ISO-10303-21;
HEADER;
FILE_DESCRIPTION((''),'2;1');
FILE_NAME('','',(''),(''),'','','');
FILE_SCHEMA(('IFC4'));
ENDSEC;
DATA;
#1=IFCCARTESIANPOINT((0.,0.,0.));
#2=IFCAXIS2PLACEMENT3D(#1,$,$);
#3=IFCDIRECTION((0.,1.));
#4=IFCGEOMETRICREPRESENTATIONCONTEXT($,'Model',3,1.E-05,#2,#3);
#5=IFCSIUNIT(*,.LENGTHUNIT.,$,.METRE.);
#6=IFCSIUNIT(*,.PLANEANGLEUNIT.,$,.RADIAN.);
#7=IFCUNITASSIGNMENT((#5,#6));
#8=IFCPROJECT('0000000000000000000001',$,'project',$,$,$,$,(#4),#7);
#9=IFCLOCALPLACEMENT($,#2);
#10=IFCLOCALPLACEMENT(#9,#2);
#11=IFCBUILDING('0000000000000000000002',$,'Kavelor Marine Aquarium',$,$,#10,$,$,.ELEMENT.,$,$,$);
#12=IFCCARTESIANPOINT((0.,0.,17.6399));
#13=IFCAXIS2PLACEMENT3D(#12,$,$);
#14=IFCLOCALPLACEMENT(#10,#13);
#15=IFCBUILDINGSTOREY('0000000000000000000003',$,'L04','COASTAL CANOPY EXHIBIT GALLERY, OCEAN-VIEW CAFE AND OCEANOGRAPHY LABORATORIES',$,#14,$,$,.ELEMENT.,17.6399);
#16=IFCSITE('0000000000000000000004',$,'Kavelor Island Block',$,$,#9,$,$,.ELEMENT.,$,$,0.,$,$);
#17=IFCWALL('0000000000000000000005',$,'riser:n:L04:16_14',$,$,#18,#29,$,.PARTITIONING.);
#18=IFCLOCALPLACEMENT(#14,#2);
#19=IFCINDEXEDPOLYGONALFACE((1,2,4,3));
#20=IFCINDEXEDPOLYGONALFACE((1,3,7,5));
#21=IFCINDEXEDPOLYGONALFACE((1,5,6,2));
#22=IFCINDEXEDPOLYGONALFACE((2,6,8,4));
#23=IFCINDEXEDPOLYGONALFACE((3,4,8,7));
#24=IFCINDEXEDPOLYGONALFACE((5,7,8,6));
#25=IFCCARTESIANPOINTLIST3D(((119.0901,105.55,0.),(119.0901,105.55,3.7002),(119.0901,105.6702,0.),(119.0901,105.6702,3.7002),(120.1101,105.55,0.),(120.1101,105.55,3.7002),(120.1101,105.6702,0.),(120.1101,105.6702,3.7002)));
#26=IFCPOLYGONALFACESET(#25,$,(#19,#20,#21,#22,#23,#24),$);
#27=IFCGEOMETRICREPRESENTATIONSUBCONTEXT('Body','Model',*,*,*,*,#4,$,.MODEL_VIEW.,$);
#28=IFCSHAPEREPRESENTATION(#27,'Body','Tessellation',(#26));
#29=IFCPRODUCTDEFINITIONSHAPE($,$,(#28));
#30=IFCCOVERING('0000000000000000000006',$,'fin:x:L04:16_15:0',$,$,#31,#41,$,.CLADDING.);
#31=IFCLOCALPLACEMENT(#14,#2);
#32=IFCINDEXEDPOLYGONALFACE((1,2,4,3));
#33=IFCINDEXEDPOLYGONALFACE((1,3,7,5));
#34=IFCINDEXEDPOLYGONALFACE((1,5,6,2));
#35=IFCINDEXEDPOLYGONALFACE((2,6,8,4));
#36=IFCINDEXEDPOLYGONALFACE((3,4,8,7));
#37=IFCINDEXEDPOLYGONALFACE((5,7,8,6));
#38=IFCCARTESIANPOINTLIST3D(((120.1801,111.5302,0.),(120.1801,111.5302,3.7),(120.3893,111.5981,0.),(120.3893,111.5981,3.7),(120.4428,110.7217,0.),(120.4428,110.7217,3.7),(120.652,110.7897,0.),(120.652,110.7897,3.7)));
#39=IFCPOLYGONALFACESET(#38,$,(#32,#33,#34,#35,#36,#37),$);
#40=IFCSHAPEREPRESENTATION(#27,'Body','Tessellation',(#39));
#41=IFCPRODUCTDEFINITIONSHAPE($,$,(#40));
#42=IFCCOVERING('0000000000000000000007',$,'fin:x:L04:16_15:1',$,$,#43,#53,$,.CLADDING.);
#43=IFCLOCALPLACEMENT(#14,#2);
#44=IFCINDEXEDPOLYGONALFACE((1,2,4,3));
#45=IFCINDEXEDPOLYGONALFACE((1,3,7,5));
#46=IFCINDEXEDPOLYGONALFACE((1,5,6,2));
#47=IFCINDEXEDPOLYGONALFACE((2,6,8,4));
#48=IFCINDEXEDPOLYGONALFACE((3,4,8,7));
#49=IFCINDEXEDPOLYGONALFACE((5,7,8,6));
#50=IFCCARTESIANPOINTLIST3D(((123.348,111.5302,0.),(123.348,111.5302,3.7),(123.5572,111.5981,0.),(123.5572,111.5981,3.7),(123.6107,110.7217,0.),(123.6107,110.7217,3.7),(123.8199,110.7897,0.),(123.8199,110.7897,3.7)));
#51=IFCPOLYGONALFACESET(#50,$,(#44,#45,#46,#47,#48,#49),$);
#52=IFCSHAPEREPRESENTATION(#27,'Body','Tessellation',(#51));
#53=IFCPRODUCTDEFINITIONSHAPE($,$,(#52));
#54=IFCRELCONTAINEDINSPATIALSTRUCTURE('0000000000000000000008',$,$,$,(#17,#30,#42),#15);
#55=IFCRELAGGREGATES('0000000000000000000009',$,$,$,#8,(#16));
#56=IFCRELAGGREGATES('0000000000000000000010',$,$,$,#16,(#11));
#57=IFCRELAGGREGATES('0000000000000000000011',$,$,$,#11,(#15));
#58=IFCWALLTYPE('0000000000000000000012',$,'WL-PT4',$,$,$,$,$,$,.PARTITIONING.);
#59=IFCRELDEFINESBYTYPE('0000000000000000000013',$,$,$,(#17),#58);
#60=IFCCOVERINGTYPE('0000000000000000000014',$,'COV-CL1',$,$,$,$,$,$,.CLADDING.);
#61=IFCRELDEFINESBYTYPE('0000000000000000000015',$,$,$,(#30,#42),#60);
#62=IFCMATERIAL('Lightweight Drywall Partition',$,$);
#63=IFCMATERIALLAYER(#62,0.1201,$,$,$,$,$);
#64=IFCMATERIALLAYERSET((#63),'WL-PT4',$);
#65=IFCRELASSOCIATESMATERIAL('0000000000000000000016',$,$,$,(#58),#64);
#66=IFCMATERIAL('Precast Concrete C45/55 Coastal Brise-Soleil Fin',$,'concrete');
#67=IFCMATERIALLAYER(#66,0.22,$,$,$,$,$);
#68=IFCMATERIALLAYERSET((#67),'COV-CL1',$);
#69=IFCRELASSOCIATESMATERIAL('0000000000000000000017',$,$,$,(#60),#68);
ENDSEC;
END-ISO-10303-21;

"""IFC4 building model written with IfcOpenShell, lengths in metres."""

from ifc_helpers import new_model, si_unit, direction, frame, frame_2d, origin, origin_2d, place, context, subcontext, project, spatial, rectangle, extrude, material, layer, layer_set, type_object, element, save


model = new_model("IFC4")

# Units and contexts
model_context = context("Model", 3, precision=1e-05, world=origin(), true_north=direction((0.0, 1.0)))
body_context = subcontext(model_context, "Body", "Model", "MODEL_VIEW")
ifc_project = project(units=[si_unit("LENGTHUNIT", "METRE"), si_unit("PLANEANGLEUNIT", "RADIAN")], contexts=[model_context])

# Site, building, storey
site_placement = place(None, origin())
site = spatial("IfcSite", under=ifc_project, at=site_placement, Name="Kavelor Island Block", CompositionType="ELEMENT", RefElevation=0.0)
building_placement = place(site_placement, origin())
building = spatial("IfcBuilding", under=site, at=building_placement, Name="Kavelor Marine Aquarium", CompositionType="ELEMENT")
storey_placement = place(building_placement, frame((0.0, 0.0, 17.6399)))
storey = spatial("IfcBuildingStorey", under=building, at=storey_placement, Name="L04", Description="COASTAL CANOPY EXHIBIT GALLERY, OCEAN-VIEW CAFE AND OCEANOGRAPHY LABORATORIES", CompositionType="ELEMENT", Elevation=17.6399)

# Wall
ifc_material_1 = material(Name="Lightweight Drywall Partition")
ifc_layer_1 = layer(ifc_material_1, 0.1201)
ifc_layer_set_1 = layer_set([ifc_layer_1], Name="WL-PT4")
wall_type_1 = type_object("IfcWallType", Name="WL-PT4", PredefinedType="PARTITIONING", material=ifc_layer_set_1)
wall_1_placement = place(storey_placement, frame((119.0901, 105.6101, 0.0), z_axis=(0.0, 0.0, 1.0), x_axis=(1.0, 0.0, 0.0)))
element("IfcWall", 1, at=wall_1_placement, inside=storey, type_object=wall_type_1, Name="riser:n:L04:16_14", PredefinedType="PARTITIONING", context=body_context, shape_type="SweptSolid", body=[
    extrude(rectangle(XDim=1.02, YDim=0.1201, at=frame_2d((0.51, 0.0))), origin(), (0.0, 0.0, 1.0), 3.7002),
])

# Coverings
ifc_material_2 = material(Name="Precast Concrete C45/55 Coastal Brise-Soleil Fin", Category="concrete")
ifc_layer_2 = layer(ifc_material_2, 0.22)
ifc_layer_set_2 = layer_set([ifc_layer_2], Name="COV-CL1")
covering_type = type_object("IfcCoveringType", Name="COV-CL1", PredefinedType="CLADDING", material=ifc_layer_set_2)
for number, where, z_axis, x_axis, name in (
    (2, (120.416, 111.1599, 0.0), (0.0, 0.0, 1.0), (0.951057, 0.309017, 0.0), "fin:x:L04:16_15:0"),
    (3, (123.584, 111.1599, 0.0), (0.0, 0.0, 1.0), (0.951057, 0.309017, 0.0), "fin:x:L04:16_15:1"),
):
    element("IfcCovering", number, at=place(storey_placement, frame(where, z_axis=z_axis, x_axis=x_axis)), inside=storey, type_object=covering_type, Name=name, PredefinedType="CLADDING", context=body_context, shape_type="SweptSolid", body=[
        extrude(rectangle(XDim=0.22, YDim=0.8501, at=origin_2d()), origin(), (0.0, 0.0, 1.0), 3.7),
    ])

save(model, "model.ifc")
